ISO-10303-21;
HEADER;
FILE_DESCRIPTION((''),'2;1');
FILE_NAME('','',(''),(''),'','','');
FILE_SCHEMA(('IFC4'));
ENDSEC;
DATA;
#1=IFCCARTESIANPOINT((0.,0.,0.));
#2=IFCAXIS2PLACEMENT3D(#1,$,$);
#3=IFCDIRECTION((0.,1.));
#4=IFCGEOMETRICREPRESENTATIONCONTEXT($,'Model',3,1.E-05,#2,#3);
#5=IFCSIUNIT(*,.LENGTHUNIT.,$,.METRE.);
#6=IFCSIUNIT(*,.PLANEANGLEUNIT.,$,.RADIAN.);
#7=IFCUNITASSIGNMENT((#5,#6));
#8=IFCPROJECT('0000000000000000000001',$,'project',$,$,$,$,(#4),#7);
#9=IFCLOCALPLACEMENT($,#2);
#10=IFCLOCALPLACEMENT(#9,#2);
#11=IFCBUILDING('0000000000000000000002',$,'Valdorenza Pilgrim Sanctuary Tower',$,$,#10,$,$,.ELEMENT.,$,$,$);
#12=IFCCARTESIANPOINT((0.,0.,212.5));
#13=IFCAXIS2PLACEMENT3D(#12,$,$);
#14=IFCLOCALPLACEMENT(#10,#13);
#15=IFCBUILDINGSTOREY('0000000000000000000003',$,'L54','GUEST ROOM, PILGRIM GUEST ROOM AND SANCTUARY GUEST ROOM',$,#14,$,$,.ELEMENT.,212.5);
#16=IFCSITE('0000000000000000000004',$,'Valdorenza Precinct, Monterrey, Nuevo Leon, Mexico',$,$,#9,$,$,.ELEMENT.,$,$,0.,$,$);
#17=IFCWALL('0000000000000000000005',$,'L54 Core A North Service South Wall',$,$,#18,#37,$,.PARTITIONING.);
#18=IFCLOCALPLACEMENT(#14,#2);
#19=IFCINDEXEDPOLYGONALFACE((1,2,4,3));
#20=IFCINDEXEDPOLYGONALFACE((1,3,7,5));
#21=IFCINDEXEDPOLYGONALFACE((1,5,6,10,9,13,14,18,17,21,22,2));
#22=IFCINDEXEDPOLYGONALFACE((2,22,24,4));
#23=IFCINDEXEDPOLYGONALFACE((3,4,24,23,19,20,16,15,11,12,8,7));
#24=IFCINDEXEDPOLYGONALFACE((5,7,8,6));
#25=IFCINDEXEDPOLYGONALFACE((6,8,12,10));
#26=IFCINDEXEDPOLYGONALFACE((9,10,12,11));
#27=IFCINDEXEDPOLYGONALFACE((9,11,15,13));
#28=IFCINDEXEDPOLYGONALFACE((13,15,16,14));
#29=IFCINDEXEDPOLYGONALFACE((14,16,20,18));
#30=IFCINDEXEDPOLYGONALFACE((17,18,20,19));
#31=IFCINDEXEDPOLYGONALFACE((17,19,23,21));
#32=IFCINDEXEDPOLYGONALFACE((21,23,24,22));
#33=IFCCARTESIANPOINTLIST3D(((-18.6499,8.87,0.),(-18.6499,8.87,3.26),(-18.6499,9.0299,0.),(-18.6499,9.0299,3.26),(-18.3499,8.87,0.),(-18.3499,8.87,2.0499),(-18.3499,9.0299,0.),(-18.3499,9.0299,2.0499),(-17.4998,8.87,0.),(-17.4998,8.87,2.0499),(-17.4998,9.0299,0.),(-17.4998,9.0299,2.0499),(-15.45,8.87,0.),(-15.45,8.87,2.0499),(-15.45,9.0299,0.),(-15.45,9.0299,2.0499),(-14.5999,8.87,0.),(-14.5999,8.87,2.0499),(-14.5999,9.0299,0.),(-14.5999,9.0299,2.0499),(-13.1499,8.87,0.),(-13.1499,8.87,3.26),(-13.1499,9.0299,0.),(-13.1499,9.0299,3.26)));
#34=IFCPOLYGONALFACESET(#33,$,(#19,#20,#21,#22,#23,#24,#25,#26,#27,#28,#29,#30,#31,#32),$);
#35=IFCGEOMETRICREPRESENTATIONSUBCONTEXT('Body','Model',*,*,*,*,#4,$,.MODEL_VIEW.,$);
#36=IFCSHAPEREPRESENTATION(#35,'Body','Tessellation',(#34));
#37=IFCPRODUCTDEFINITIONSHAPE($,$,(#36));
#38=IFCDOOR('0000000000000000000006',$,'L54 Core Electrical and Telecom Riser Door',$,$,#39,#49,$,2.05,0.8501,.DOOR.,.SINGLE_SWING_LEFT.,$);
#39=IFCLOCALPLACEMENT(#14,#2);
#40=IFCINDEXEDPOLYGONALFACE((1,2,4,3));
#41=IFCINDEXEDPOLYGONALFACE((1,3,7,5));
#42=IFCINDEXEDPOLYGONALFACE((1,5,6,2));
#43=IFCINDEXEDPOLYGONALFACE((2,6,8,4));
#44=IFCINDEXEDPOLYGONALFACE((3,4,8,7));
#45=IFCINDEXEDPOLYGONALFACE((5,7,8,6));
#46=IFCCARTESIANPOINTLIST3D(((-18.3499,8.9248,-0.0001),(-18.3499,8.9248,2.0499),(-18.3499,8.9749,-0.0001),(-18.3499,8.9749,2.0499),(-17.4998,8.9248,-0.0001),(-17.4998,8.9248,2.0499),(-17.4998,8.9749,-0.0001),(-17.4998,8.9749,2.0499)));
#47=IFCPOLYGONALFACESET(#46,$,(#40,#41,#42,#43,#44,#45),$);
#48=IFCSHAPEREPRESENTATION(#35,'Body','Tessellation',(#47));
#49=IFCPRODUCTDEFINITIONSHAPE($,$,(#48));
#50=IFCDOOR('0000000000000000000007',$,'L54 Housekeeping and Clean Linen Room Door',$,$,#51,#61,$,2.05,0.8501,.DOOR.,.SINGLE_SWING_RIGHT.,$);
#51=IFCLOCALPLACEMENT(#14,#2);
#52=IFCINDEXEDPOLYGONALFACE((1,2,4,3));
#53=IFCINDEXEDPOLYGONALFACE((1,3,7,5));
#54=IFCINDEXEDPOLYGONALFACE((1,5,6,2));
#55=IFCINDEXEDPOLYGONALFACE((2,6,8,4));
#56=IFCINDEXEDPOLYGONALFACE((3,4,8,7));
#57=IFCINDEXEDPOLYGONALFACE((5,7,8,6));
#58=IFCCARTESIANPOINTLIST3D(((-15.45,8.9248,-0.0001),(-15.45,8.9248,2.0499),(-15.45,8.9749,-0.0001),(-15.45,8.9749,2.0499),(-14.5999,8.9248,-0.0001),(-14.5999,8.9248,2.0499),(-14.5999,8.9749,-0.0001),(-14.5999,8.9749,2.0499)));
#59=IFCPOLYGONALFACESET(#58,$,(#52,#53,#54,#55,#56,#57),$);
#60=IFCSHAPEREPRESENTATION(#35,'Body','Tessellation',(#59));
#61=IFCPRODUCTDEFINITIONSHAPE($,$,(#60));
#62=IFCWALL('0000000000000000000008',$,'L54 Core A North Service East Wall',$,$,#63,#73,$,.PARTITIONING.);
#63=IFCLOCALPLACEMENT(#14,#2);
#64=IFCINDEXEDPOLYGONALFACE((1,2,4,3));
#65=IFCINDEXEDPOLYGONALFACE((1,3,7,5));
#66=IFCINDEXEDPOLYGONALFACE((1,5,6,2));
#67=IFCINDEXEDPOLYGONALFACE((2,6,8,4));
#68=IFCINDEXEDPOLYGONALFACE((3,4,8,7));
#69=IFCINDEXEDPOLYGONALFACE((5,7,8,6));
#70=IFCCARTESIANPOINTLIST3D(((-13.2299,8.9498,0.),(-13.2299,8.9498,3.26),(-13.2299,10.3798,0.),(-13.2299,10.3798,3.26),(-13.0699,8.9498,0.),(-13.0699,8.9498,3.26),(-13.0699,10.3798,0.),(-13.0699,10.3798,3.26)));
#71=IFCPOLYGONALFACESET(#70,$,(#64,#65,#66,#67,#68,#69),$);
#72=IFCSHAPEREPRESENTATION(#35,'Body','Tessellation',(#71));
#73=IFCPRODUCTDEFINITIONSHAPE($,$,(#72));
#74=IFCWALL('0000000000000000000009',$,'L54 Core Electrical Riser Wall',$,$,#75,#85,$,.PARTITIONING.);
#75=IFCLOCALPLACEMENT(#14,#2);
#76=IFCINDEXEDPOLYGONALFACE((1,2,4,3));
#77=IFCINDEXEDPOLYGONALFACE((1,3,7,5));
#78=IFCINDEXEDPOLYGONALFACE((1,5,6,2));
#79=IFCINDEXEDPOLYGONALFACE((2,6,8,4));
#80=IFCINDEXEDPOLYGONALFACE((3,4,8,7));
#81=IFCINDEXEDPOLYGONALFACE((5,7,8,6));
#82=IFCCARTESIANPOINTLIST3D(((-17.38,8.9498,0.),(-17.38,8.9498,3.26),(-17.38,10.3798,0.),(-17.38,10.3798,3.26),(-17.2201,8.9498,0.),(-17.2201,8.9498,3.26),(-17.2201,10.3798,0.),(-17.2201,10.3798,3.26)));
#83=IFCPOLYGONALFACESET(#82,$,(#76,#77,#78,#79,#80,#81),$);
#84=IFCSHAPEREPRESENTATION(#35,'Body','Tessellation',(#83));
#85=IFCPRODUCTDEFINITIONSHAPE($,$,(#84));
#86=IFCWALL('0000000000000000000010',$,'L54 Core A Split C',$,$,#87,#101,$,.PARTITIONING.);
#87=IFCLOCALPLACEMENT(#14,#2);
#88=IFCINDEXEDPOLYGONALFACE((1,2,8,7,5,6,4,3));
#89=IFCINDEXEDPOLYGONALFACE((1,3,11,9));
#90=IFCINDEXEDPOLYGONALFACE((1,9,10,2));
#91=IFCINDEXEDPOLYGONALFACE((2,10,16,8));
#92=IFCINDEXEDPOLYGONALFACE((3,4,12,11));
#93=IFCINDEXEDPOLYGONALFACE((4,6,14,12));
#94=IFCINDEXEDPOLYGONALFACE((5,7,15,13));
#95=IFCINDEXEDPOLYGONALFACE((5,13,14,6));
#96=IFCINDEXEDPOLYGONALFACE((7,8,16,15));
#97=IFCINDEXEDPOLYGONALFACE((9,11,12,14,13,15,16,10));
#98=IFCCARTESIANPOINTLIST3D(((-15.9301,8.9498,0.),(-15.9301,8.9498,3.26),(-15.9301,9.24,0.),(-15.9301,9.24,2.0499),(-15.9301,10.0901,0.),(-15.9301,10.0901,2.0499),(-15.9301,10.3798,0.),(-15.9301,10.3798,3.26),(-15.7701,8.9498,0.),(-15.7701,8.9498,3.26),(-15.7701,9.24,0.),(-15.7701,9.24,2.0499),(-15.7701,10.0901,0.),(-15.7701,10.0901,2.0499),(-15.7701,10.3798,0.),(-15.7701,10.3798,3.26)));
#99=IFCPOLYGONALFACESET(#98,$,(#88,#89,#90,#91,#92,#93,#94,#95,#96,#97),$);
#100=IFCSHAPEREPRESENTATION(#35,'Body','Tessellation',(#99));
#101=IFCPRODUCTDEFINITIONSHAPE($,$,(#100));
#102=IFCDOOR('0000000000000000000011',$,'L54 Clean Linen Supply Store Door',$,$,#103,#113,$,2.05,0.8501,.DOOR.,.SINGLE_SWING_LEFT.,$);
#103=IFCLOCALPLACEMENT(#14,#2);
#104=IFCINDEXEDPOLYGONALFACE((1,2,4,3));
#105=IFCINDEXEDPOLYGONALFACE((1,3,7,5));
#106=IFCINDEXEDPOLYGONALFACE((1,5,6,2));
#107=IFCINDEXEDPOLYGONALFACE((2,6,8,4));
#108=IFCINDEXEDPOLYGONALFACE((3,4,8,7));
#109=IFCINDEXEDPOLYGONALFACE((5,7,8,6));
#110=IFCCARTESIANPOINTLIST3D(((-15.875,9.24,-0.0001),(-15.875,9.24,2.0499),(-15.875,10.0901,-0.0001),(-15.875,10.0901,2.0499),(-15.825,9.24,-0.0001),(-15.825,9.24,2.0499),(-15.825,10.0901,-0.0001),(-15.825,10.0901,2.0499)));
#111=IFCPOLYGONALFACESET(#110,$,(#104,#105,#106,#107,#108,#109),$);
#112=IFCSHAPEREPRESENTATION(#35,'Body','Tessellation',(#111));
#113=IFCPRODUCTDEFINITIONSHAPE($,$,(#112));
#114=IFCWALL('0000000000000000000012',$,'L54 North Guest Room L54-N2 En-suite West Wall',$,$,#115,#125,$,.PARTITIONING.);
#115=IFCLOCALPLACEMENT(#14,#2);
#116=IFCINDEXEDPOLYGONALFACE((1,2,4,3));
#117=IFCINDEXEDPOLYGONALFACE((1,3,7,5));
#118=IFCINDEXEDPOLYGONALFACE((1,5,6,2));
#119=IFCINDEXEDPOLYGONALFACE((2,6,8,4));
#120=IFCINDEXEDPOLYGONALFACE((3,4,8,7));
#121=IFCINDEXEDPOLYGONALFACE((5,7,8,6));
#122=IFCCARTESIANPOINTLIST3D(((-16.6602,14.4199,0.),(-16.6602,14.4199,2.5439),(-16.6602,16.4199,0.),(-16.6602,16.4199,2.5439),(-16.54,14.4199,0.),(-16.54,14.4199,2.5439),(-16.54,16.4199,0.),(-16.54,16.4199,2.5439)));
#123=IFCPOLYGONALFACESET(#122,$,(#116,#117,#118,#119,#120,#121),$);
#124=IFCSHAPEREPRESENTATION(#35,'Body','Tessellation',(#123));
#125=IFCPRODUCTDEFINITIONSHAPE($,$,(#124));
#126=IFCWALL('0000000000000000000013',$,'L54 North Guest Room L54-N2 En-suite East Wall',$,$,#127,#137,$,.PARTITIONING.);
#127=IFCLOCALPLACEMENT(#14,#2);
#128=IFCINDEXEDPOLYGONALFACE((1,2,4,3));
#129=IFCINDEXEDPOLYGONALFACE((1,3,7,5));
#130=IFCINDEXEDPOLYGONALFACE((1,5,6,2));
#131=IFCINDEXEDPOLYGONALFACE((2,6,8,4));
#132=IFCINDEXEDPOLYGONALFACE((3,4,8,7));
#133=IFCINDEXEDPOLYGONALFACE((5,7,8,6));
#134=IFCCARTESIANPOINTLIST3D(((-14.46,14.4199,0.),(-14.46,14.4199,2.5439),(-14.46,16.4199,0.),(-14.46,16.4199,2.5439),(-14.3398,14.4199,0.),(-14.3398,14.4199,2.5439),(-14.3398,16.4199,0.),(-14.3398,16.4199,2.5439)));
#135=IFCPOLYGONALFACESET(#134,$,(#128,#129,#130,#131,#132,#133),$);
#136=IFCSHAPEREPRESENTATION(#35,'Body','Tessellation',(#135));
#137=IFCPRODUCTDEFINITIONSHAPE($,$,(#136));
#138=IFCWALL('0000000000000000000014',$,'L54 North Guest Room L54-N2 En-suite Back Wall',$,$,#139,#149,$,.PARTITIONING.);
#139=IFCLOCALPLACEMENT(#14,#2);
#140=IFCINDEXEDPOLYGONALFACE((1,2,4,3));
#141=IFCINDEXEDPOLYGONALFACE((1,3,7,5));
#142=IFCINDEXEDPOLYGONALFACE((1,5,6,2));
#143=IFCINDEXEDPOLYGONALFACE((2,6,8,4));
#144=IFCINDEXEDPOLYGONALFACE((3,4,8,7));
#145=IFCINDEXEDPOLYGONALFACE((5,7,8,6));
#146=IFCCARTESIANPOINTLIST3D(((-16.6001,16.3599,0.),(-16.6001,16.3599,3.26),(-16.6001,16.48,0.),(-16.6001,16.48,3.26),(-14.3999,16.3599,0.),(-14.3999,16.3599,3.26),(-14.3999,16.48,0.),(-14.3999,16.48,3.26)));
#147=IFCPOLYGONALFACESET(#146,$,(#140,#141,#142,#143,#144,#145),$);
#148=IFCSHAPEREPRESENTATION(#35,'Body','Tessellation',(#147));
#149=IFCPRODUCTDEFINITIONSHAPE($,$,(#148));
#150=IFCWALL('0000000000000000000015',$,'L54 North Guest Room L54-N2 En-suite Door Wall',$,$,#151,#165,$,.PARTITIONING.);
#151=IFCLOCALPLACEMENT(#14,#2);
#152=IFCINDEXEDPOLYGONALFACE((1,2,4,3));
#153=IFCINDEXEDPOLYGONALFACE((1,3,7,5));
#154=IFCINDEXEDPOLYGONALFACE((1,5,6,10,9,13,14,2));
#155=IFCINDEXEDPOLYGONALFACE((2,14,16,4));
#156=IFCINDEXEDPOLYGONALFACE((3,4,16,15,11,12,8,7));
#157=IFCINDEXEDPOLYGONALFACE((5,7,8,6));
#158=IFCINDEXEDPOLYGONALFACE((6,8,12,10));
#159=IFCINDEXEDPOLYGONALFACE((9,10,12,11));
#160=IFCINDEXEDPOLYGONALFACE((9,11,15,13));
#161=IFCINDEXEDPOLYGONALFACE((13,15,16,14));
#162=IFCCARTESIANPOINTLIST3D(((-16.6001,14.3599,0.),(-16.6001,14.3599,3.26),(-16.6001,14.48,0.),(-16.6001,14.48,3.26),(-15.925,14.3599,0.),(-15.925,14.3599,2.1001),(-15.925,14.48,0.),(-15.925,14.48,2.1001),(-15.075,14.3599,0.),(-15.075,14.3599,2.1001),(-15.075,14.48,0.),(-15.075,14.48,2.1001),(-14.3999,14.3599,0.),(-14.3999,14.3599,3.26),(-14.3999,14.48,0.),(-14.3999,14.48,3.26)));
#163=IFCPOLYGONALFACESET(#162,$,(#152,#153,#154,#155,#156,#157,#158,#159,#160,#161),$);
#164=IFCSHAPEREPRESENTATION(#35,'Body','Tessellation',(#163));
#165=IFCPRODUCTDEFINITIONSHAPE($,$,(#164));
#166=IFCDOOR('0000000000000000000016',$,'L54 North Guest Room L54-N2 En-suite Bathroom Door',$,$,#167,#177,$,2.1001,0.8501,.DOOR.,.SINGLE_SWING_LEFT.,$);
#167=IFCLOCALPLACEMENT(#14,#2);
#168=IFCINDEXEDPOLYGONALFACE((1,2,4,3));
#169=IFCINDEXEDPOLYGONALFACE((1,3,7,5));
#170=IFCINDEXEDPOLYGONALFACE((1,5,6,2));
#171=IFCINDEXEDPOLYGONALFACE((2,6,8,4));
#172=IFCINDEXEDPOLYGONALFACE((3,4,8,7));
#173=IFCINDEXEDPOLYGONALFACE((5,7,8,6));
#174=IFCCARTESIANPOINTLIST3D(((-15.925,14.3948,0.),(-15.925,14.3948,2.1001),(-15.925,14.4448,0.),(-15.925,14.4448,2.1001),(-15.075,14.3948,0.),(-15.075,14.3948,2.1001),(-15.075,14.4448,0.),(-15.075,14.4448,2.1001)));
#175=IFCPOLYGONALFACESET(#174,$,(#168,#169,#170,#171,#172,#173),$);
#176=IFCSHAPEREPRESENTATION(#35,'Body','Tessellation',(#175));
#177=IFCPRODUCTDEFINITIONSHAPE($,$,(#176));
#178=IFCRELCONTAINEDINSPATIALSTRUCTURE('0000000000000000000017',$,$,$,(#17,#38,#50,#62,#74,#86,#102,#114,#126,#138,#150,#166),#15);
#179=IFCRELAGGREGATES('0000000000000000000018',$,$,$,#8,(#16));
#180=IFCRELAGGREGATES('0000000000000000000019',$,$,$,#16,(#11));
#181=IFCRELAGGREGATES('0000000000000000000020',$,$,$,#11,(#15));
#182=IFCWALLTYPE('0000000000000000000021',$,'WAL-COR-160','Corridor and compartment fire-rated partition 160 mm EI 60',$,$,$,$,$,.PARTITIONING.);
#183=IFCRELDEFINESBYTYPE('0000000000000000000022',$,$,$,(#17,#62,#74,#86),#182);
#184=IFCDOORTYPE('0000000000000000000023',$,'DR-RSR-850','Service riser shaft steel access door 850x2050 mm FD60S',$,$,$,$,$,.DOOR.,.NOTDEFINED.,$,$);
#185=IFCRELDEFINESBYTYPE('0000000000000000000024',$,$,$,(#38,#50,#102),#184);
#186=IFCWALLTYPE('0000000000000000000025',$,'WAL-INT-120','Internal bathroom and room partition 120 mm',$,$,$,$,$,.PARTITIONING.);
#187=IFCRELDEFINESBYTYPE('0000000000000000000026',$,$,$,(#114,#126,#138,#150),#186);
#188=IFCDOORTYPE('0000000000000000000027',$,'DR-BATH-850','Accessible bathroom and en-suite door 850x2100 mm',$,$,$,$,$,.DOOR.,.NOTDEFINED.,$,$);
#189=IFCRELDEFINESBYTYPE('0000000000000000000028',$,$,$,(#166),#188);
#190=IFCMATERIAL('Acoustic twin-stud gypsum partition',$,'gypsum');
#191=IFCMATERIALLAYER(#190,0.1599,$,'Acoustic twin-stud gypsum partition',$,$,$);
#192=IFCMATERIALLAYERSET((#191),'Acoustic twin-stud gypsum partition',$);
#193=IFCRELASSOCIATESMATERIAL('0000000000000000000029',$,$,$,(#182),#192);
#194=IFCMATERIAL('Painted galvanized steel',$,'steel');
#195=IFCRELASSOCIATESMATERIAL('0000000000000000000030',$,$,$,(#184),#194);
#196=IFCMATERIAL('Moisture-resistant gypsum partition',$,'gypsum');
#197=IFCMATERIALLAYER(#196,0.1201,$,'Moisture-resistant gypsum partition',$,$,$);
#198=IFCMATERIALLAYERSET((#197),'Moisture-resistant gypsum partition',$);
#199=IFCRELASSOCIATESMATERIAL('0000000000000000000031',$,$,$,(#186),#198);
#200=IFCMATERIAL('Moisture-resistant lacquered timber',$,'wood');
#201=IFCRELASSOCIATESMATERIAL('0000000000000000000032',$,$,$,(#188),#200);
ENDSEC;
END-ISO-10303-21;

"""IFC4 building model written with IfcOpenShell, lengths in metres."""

from ifc_helpers import new_model, si_unit, direction, frame, frame_2d, origin, place, context, subcontext, project, spatial, rectangle, extrude, material, layer, layer_set, type_object, element, fill, save


model = new_model("IFC4")

# Units and contexts
model_context = context("Model", 3, precision=1e-05, world=origin(), true_north=direction((0.0, 1.0)))
body_context = subcontext(model_context, "Body", "Model", "MODEL_VIEW")
ifc_project = project(units=[si_unit("LENGTHUNIT", "METRE"), si_unit("PLANEANGLEUNIT", "RADIAN")], contexts=[model_context])

# Site, building, storey
site_placement = place(None, origin())
site = spatial("IfcSite", under=ifc_project, at=site_placement, Name="Valdorenza Precinct, Monterrey, Nuevo Leon, Mexico", CompositionType="ELEMENT", RefElevation=0.0)
building_placement = place(site_placement, origin())
building = spatial("IfcBuilding", under=site, at=building_placement, Name="Valdorenza Pilgrim Sanctuary Tower", CompositionType="ELEMENT")
storey_placement = place(building_placement, frame((0.0, 0.0, 212.5)))
storey = spatial("IfcBuildingStorey", under=building, at=storey_placement, Name="L54", Description="GUEST ROOM, PILGRIM GUEST ROOM AND SANCTUARY GUEST ROOM", CompositionType="ELEMENT", Elevation=212.5)

# Shared definitions
ifc_material_1 = material(Name="Acoustic twin-stud gypsum partition", Category="gypsum")
ifc_layer_1 = layer(ifc_material_1, 0.1599, Name="Acoustic twin-stud gypsum partition")
ifc_layer_set_1 = layer_set([ifc_layer_1], Name="Acoustic twin-stud gypsum partition")
wall_type_1 = type_object("IfcWallType", Name="WAL-COR-160", Description="Corridor and compartment fire-rated partition 160 mm EI 60", PredefinedType="PARTITIONING", material=ifc_layer_set_1)

# Wall, openings, doors
wall_1_placement = place(storey_placement, frame((-18.6499, 8.95, 0.0), z_axis=(0.0, 0.0, 1.0), x_axis=(1.0, 0.0, 0.0)))
wall_1 = element("IfcWall", 1, at=wall_1_placement, inside=storey, type_object=wall_type_1, Name="L54 Core A North Service South Wall", PredefinedType="PARTITIONING", context=body_context, shape_type="SweptSolid", body=[
    extrude(rectangle(XDim=5.5, YDim=0.1599, at=frame_2d((2.75, 0.0))), origin(), (0.0, 0.0, 1.0), 3.26),
])
opening_1_placement = place(wall_1_placement, frame((0.3, 0.0, 0.0)))
opening_1 = element("IfcOpeningElement", 2, at=opening_1_placement, cuts=wall_1, PredefinedType="OPENING", context=body_context, shape_type="SweptSolid", body=[
    extrude(rectangle(XDim=0.8501, YDim=2.05, at=frame_2d((0.425, 1.0249))), frame((0.0, 0.0947, 0.0), z_axis=(0.0, -1.0, 0.0), x_axis=(1.0, 0.0, 0.0)), (0.0, 0.0, 1.0), 0.1897),
])
opening_2_placement = place(wall_1_placement, frame((3.2, 0.0, 0.0)))
opening_2 = element("IfcOpeningElement", 3, at=opening_2_placement, cuts=wall_1, PredefinedType="OPENING", context=body_context, shape_type="SweptSolid", body=[
    extrude(rectangle(XDim=0.8501, YDim=2.05, at=frame_2d((0.425, 1.0249))), frame((0.0, 0.0947, 0.0), z_axis=(0.0, -1.0, 0.0), x_axis=(1.0, 0.0, 0.0)), (0.0, 0.0, 1.0), 0.1897),
])
ifc_material_2 = material(Name="Painted galvanized steel", Category="steel")
door_type_1 = type_object("IfcDoorType", Name="DR-RSR-850", Description="Service riser shaft steel access door 850x2050 mm FD60S", OperationType="NOTDEFINED", PredefinedType="DOOR", material=ifc_material_2)
door_1_placement = place(opening_1_placement, origin())
door_1 = element("IfcDoor", 4, at=door_1_placement, inside=storey, type_object=door_type_1, Name="L54 Core Electrical and Telecom Riser Door", OperationType="SINGLE_SWING_LEFT", OverallHeight=2.05, OverallWidth=0.8501, PredefinedType="DOOR", context=body_context, shape_type="SweptSolid", body=[
    extrude(rectangle(XDim=0.8501, YDim=2.05, at=frame_2d((0.425, 1.0249))), frame((0.0, 0.0249, 0.0), z_axis=(0.0, -1.0, 0.0), x_axis=(1.0, 0.0, 0.0)), (0.0, 0.0, 1.0), 0.05),
])
fill(opening_1, door_1)
door_2_placement = place(opening_2_placement, origin())
door_2 = element("IfcDoor", 5, at=door_2_placement, inside=storey, type_object=door_type_1, Name="L54 Housekeeping and Clean Linen Room Door", OperationType="SINGLE_SWING_RIGHT", OverallHeight=2.05, OverallWidth=0.8501, PredefinedType="DOOR", context=body_context, shape_type="SweptSolid", body=[
    extrude(rectangle(XDim=0.8501, YDim=2.05, at=frame_2d((0.425, 1.0249))), frame((0.0, 0.0249, 0.0), z_axis=(0.0, -1.0, 0.0), x_axis=(1.0, 0.0, 0.0)), (0.0, 0.0, 1.0), 0.05),
])
fill(opening_2, door_2)

# Walls
for number, where, z_axis, x_axis, name in (
    (6, (-13.1499, 8.95, 0.0), (0.0, 0.0, 1.0), (0.0, 1.0, 0.0), "L54 Core A North Service East Wall"),
    (7, (-17.3, 8.95, 0.0), (0.0, 0.0, 1.0), (0.0, 1.0, 0.0), "L54 Core Electrical Riser Wall"),
):
    element("IfcWall", number, at=place(storey_placement, frame(where, z_axis=z_axis, x_axis=x_axis)), inside=storey, type_object=wall_type_1, Name=name, PredefinedType="PARTITIONING", context=body_context, shape_type="SweptSolid", body=[
        extrude(rectangle(XDim=1.4299, YDim=0.1599, at=frame_2d((0.7148, 0.0))), origin(), (0.0, 0.0, 1.0), 3.26),
    ])

# Wall, opening, door
wall_2_placement = place(storey_placement, frame((-15.8501, 8.95, 0.0), z_axis=(0.0, 0.0, 1.0), x_axis=(0.0, 1.0, 0.0)))
wall_2 = element("IfcWall", 8, at=wall_2_placement, inside=storey, type_object=wall_type_1, Name="L54 Core A Split C", PredefinedType="PARTITIONING", context=body_context, shape_type="SweptSolid", body=[
    extrude(rectangle(XDim=1.4299, YDim=0.1599, at=frame_2d((0.7148, 0.0))), origin(), (0.0, 0.0, 1.0), 3.26),
])
opening_3_placement = place(wall_2_placement, frame((0.29, 0.0, 0.0)))
opening_3 = element("IfcOpeningElement", 9, at=opening_3_placement, cuts=wall_2, PredefinedType="OPENING", context=body_context, shape_type="SweptSolid", body=[
    extrude(rectangle(XDim=0.8501, YDim=2.05, at=frame_2d((0.425, 1.0249))), frame((0.0, 0.0947, 0.0), z_axis=(0.0, -1.0, 0.0), x_axis=(1.0, 0.0, 0.0)), (0.0, 0.0, 1.0), 0.1897),
])
door_3_placement = place(opening_3_placement, origin())
door_3 = element("IfcDoor", 10, at=door_3_placement, inside=storey, type_object=door_type_1, Name="L54 Clean Linen Supply Store Door", OperationType="SINGLE_SWING_LEFT", OverallHeight=2.05, OverallWidth=0.8501, PredefinedType="DOOR", context=body_context, shape_type="SweptSolid", body=[
    extrude(rectangle(XDim=0.8501, YDim=2.05, at=frame_2d((0.425, 1.0249))), frame((0.0, 0.0249, 0.0), z_axis=(0.0, -1.0, 0.0), x_axis=(1.0, 0.0, 0.0)), (0.0, 0.0, 1.0), 0.05),
])
fill(opening_3, door_3)

# Walls
ifc_material_3 = material(Name="Moisture-resistant gypsum partition", Category="gypsum")
ifc_layer_2 = layer(ifc_material_3, 0.1201, Name="Moisture-resistant gypsum partition")
ifc_layer_set_2 = layer_set([ifc_layer_2], Name="Moisture-resistant gypsum partition")
wall_type_2 = type_object("IfcWallType", Name="WAL-INT-120", Description="Internal bathroom and room partition 120 mm", PredefinedType="PARTITIONING", material=ifc_layer_set_2)
for number, where, z_axis, x_axis, name in (
    (11, (-16.6001, 14.4199, 0.0), (0.0, 0.0, 1.0), (0.0, 1.0, 0.0), "L54 North Guest Room L54-N2 En-suite West Wall"),
    (12, (-14.3999, 14.4199, 0.0), (0.0, 0.0, 1.0), (0.0, 1.0, 0.0), "L54 North Guest Room L54-N2 En-suite East Wall"),
):
    element("IfcWall", number, at=place(storey_placement, frame(where, z_axis=z_axis, x_axis=x_axis)), inside=storey, type_object=wall_type_2, Name=name, PredefinedType="PARTITIONING", context=body_context, shape_type="SweptSolid", body=[
        extrude(rectangle(XDim=2.0, YDim=0.1201, at=frame_2d((1.0, 0.0))), origin(), (0.0, 0.0, 1.0), 2.5439),
    ])
wall_3_placement = place(storey_placement, frame((-16.6001, 16.4199, 0.0), z_axis=(0.0, 0.0, 1.0), x_axis=(1.0, 0.0, 0.0)))
element("IfcWall", 13, at=wall_3_placement, inside=storey, type_object=wall_type_2, Name="L54 North Guest Room L54-N2 En-suite Back Wall", PredefinedType="PARTITIONING", context=body_context, shape_type="SweptSolid", body=[
    extrude(rectangle(XDim=2.2002, YDim=0.1201, at=frame_2d((1.1001, 0.0))), origin(), (0.0, 0.0, 1.0), 3.26),
])

# Wall, opening, door
wall_4_placement = place(storey_placement, frame((-16.6001, 14.4199, 0.0), z_axis=(0.0, 0.0, 1.0), x_axis=(1.0, 0.0, 0.0)))
wall_4 = element("IfcWall", 14, at=wall_4_placement, inside=storey, type_object=wall_type_2, Name="L54 North Guest Room L54-N2 En-suite Door Wall", PredefinedType="PARTITIONING", context=body_context, shape_type="SweptSolid", body=[
    extrude(rectangle(XDim=2.2002, YDim=0.1201, at=frame_2d((1.1001, 0.0))), origin(), (0.0, 0.0, 1.0), 3.26),
])
opening_4_placement = place(wall_4_placement, frame((0.675, 0.0, 0.0)))
opening_4 = element("IfcOpeningElement", 15, at=opening_4_placement, cuts=wall_4, PredefinedType="OPENING", context=body_context, shape_type="SweptSolid", body=[
    extrude(rectangle(XDim=0.8501, YDim=2.1001, at=frame_2d((0.425, 1.05))), frame((0.0, 0.075, 0.0), z_axis=(0.0, -1.0, 0.0), x_axis=(1.0, 0.0, 0.0)), (0.0, 0.0, 1.0), 0.1499),
])
ifc_material_4 = material(Name="Moisture-resistant lacquered timber", Category="wood")
door_type_2 = type_object("IfcDoorType", Name="DR-BATH-850", Description="Accessible bathroom and en-suite door 850x2100 mm", OperationType="NOTDEFINED", PredefinedType="DOOR", material=ifc_material_4)
door_4_placement = place(opening_4_placement, origin())
door_4 = element("IfcDoor", 16, at=door_4_placement, inside=storey, type_object=door_type_2, Name="L54 North Guest Room L54-N2 En-suite Bathroom Door", OperationType="SINGLE_SWING_LEFT", OverallHeight=2.1001, OverallWidth=0.8501, PredefinedType="DOOR", context=body_context, shape_type="SweptSolid", body=[
    extrude(rectangle(XDim=0.8501, YDim=2.1001, at=frame_2d((0.425, 1.05))), frame((0.0, 0.0249, 0.0), z_axis=(0.0, -1.0, 0.0), x_axis=(1.0, 0.0, 0.0)), (0.0, 0.0, 1.0), 0.05),
])
fill(opening_4, door_4)

save(model, "model.ifc")
